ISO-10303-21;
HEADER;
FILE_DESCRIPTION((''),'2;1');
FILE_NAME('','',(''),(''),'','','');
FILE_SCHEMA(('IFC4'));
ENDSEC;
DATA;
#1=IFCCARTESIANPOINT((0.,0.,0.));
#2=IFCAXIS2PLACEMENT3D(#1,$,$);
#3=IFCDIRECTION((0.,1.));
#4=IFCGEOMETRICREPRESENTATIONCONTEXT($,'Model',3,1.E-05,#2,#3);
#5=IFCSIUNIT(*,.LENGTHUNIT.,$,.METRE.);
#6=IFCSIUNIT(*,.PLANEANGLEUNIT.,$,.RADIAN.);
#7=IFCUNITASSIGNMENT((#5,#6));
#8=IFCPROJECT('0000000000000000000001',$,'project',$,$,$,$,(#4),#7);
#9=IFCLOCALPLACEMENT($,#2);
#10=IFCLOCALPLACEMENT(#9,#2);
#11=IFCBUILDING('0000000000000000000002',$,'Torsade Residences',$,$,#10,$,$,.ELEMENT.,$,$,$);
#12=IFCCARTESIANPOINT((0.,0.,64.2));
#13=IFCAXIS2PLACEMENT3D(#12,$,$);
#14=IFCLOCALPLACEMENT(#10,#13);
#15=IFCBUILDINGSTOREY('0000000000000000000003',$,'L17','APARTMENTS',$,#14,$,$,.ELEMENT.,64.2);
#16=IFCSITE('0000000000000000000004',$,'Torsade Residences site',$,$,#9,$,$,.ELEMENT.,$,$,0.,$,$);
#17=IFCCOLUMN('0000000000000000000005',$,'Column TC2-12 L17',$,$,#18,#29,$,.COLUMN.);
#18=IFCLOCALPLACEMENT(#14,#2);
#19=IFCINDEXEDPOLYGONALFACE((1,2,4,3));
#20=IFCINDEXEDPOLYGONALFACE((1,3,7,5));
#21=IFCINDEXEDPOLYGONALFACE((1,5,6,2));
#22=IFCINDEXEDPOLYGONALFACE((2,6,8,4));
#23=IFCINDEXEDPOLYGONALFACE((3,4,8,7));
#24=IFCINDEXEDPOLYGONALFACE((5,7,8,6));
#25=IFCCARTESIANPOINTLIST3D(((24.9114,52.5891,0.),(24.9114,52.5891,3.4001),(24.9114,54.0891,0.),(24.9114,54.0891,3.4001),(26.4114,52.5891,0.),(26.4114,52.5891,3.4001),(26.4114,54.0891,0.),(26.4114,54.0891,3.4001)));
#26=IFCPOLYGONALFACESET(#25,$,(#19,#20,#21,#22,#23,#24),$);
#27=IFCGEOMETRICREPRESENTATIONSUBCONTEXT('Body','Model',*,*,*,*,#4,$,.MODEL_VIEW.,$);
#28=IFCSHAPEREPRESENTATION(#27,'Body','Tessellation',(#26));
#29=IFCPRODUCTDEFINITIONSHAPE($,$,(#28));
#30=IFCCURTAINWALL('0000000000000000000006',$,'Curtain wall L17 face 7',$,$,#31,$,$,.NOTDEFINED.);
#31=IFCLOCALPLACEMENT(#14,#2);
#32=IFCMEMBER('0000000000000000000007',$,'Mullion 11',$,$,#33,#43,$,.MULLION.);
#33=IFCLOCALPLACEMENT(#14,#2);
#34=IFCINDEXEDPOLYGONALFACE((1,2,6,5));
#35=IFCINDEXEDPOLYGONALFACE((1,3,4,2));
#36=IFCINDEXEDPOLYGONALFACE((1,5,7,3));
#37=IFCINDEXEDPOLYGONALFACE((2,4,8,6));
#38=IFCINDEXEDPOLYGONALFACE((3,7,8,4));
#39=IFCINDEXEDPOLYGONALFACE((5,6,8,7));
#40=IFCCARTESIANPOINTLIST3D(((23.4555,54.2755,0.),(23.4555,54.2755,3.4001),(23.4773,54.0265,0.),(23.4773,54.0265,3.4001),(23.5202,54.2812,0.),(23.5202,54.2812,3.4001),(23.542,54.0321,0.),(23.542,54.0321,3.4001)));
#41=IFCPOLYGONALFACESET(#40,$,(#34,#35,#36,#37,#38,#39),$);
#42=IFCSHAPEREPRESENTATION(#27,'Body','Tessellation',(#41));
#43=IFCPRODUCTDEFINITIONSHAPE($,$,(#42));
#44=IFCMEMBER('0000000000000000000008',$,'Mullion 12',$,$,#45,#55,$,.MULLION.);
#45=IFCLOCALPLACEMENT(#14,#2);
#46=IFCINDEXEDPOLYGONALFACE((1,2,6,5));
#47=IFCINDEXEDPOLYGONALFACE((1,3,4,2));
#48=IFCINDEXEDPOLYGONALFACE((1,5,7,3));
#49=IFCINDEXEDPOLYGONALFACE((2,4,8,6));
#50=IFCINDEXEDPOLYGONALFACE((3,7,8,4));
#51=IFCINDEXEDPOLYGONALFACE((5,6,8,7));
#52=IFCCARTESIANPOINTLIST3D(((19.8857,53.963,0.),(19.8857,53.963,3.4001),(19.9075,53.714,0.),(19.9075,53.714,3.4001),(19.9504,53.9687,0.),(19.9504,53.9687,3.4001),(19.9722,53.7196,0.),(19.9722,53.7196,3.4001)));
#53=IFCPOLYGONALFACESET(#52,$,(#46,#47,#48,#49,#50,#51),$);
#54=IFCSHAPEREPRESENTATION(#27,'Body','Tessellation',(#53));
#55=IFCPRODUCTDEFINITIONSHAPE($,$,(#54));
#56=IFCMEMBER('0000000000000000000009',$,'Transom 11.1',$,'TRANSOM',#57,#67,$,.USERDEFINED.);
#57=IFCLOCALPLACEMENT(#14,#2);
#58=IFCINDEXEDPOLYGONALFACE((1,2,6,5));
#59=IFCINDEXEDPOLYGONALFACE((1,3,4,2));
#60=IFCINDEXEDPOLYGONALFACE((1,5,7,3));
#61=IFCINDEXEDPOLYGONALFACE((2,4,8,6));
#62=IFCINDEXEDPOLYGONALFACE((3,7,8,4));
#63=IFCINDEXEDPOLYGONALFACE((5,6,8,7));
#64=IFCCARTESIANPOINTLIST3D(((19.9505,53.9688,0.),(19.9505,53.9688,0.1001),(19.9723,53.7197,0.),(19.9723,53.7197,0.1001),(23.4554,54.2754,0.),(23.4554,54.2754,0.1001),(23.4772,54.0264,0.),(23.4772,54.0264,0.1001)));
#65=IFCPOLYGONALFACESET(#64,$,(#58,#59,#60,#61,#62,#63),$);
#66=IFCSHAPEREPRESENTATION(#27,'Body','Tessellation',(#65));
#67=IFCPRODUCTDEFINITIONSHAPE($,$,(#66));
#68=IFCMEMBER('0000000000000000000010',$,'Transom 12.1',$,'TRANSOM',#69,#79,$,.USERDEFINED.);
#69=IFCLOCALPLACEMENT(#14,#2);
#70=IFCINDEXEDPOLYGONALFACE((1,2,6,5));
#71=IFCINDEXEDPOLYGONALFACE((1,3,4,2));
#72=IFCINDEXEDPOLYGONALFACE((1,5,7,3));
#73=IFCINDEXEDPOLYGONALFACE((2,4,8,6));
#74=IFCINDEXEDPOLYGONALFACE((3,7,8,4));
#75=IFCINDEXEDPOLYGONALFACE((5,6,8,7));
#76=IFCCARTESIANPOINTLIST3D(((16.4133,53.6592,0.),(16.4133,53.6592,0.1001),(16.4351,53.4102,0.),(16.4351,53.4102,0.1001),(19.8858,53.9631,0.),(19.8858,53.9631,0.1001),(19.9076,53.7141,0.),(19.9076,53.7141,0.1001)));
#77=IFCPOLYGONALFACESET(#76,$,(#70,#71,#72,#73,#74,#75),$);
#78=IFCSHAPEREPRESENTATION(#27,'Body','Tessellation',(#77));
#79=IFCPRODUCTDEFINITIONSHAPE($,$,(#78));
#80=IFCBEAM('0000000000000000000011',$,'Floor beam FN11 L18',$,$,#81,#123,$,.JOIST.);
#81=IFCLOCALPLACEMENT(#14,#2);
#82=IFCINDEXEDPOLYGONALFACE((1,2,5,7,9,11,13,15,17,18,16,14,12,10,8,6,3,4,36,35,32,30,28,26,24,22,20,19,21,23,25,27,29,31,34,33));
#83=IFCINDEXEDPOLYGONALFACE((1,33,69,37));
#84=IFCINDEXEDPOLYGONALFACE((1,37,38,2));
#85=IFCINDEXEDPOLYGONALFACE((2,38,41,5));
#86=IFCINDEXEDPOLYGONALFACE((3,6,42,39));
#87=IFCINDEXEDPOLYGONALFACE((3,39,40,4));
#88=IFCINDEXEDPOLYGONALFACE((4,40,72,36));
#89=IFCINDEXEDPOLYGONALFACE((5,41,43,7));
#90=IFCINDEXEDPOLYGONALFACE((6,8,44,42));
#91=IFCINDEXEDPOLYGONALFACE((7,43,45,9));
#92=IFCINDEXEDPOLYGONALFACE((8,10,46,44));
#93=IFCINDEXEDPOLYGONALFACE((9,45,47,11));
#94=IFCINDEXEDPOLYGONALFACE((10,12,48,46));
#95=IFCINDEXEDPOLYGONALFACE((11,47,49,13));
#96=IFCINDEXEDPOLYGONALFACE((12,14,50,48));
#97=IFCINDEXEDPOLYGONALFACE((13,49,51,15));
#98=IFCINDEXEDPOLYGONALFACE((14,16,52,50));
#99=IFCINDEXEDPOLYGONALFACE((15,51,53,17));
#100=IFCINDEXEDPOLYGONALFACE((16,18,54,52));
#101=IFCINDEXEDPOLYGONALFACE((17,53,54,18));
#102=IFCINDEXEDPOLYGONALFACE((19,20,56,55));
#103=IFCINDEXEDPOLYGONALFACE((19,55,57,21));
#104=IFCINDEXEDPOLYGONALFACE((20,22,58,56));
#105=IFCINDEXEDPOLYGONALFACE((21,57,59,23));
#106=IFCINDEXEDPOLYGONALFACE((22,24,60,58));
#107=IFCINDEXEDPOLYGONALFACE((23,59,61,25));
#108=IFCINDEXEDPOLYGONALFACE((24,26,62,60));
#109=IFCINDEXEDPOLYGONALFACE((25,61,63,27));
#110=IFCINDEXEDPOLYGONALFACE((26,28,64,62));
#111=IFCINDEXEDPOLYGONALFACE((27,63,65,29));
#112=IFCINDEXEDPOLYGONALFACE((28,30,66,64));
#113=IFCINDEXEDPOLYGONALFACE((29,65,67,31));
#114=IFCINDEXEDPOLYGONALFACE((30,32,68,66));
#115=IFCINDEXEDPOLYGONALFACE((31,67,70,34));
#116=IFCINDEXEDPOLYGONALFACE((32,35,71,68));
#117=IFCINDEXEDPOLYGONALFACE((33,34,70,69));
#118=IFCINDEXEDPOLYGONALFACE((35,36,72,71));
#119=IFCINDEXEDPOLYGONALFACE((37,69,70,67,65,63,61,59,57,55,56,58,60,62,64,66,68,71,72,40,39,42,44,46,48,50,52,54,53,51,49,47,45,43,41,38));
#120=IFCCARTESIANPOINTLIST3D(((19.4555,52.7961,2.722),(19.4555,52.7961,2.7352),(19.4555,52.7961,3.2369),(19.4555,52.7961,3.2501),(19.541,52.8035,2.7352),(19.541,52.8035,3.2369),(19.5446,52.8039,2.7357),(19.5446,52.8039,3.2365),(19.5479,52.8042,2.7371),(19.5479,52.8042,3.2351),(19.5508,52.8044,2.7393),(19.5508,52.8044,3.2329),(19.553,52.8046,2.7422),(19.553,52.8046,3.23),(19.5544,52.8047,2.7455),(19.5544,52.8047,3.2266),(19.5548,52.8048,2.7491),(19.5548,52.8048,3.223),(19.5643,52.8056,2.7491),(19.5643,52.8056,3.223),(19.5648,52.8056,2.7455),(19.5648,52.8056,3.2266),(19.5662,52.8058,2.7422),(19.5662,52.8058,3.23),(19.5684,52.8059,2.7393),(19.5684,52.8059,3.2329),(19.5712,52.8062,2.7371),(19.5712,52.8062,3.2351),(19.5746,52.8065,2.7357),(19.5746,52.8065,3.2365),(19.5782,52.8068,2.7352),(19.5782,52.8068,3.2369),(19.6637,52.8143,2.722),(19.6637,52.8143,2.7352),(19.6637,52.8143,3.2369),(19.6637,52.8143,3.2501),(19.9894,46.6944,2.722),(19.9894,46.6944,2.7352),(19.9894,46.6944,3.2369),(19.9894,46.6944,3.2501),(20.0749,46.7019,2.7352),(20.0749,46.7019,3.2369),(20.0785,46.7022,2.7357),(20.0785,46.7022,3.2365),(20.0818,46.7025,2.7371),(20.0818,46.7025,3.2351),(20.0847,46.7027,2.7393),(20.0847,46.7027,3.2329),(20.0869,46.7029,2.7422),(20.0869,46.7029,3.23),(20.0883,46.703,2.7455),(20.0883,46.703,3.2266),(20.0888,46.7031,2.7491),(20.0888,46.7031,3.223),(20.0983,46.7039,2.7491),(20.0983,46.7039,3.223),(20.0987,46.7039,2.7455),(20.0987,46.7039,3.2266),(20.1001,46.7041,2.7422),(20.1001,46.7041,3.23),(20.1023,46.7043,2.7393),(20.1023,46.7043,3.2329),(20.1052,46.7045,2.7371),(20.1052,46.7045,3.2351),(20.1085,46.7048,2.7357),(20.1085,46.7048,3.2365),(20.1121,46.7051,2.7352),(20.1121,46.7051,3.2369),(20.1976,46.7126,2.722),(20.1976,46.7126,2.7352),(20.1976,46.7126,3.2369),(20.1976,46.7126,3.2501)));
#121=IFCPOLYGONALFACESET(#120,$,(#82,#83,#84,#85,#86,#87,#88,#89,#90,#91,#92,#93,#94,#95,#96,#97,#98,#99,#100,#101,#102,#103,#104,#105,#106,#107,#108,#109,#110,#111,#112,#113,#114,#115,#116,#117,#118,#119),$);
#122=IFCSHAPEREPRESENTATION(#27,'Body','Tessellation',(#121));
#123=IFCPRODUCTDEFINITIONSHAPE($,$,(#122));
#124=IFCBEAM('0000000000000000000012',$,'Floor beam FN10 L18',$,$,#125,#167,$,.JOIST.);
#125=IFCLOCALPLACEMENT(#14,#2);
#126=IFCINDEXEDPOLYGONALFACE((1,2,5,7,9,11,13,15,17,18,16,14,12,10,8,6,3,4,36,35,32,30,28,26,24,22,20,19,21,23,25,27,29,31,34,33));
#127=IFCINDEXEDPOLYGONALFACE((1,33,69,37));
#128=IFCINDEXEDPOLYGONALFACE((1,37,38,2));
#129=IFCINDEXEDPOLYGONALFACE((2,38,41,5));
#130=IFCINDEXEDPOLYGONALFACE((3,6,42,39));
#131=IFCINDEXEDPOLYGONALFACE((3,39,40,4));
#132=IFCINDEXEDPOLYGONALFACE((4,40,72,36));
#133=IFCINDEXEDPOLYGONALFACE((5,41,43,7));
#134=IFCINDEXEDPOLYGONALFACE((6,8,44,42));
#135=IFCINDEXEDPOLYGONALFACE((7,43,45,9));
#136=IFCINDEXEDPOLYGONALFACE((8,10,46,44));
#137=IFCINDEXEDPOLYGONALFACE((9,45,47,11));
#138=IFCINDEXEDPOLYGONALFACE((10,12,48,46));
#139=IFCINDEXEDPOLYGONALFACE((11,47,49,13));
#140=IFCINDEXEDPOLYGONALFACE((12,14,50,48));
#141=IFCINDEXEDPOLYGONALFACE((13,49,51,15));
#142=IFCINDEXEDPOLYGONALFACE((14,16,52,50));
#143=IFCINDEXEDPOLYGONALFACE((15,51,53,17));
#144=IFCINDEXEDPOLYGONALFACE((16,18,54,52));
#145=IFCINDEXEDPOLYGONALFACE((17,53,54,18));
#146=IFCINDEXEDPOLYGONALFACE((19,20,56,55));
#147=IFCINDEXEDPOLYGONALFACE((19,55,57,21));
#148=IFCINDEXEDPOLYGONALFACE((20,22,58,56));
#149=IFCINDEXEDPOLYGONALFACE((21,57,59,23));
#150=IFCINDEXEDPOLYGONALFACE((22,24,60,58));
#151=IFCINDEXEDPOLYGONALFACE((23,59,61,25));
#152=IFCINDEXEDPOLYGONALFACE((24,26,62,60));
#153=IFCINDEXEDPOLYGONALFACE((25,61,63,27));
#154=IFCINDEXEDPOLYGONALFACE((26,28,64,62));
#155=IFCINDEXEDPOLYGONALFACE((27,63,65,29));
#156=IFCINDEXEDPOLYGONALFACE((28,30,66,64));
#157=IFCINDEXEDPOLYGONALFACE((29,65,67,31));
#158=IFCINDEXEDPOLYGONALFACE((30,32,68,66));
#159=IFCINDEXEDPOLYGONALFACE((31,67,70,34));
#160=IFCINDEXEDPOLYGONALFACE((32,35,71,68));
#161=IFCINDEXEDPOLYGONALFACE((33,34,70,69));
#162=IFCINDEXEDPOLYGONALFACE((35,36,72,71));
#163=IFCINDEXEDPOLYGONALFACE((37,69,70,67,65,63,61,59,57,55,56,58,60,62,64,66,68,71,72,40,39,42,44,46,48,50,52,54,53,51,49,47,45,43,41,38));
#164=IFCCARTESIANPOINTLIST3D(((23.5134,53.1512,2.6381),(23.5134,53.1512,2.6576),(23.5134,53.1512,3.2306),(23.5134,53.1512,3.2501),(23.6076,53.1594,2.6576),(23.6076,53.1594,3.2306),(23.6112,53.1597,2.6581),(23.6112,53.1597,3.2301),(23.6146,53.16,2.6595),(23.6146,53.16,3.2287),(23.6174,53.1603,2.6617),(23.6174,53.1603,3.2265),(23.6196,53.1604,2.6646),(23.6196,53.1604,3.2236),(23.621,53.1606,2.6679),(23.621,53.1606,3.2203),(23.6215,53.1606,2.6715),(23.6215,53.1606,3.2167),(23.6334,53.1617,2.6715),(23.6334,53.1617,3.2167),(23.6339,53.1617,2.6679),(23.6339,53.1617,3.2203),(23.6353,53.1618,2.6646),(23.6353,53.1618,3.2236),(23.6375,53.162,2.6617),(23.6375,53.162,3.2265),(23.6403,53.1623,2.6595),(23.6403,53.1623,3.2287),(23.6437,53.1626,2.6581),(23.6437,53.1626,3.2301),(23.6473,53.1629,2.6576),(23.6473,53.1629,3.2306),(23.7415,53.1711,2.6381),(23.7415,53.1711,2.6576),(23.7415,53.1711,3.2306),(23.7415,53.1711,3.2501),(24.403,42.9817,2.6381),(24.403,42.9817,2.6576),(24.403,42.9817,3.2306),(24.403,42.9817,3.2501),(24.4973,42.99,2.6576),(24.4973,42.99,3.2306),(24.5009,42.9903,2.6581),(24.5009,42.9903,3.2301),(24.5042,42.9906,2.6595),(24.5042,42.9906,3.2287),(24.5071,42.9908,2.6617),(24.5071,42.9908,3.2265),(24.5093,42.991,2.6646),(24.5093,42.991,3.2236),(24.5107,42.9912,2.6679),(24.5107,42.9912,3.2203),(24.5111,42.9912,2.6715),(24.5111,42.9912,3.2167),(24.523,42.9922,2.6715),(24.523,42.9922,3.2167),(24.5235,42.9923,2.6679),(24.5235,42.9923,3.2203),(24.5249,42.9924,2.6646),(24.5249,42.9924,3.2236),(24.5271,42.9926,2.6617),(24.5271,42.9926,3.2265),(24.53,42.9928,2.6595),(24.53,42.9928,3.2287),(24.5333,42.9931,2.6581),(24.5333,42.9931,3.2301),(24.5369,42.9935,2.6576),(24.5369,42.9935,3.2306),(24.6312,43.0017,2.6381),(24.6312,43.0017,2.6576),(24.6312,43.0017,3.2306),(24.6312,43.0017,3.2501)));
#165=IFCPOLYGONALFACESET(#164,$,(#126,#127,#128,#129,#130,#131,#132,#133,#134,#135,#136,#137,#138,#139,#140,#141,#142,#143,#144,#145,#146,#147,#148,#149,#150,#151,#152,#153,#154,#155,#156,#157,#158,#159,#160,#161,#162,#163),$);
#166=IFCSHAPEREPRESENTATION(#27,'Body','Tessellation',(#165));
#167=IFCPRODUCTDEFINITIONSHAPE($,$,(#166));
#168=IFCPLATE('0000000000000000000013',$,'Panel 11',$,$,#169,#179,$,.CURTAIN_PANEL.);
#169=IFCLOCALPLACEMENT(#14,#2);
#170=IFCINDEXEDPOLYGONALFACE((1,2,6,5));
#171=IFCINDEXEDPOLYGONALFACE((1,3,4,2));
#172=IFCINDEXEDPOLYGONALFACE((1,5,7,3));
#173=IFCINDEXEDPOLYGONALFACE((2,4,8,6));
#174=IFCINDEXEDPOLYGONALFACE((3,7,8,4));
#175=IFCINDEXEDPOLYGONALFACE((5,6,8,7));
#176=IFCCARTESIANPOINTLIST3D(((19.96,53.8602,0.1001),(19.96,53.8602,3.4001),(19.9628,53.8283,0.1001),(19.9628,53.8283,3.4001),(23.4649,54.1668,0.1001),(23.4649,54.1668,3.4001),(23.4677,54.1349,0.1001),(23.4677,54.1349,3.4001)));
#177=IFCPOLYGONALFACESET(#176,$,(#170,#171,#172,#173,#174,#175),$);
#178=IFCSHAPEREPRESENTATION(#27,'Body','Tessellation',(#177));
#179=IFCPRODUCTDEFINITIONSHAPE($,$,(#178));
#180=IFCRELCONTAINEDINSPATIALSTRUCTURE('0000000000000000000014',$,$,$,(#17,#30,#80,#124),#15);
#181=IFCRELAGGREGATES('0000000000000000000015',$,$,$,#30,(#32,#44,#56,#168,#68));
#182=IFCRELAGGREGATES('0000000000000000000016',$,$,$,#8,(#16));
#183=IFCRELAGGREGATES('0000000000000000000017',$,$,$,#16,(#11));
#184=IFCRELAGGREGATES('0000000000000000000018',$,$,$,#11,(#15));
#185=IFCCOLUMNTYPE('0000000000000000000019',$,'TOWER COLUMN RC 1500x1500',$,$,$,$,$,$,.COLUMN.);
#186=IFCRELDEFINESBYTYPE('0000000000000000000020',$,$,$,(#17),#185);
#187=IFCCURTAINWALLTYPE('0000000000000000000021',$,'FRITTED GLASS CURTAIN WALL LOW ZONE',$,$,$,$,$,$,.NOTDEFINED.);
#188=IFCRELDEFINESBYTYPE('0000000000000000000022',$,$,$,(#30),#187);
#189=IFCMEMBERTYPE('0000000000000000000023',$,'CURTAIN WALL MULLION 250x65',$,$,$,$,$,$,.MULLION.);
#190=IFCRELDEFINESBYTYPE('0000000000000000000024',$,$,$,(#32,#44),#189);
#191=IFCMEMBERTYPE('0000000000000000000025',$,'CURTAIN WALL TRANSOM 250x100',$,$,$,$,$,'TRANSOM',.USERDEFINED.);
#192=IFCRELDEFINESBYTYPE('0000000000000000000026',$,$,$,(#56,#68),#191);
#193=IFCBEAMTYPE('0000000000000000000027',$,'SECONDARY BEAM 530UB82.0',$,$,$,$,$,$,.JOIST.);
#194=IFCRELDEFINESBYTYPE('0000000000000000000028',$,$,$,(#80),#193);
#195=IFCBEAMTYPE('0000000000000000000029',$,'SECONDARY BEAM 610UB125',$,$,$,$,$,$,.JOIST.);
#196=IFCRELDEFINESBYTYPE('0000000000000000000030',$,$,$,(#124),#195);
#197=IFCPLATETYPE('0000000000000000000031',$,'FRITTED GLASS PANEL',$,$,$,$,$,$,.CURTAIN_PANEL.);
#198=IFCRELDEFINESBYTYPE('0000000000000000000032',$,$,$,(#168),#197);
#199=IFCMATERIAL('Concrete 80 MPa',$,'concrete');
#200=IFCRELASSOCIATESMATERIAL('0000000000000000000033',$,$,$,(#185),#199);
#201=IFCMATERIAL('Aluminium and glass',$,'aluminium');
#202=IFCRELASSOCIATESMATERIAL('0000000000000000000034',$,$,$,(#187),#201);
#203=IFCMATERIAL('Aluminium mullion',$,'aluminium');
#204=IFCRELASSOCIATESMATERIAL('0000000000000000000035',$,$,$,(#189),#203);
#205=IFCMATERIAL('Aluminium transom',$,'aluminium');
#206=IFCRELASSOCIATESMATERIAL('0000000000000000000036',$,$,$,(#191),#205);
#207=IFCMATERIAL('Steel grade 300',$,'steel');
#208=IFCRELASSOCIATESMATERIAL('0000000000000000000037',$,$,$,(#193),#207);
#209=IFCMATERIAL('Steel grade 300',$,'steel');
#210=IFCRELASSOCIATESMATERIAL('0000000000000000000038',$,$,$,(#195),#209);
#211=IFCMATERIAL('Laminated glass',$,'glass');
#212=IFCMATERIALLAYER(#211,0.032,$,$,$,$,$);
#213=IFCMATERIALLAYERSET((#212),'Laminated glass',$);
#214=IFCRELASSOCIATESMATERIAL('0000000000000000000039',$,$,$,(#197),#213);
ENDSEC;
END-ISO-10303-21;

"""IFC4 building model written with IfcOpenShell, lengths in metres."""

from ifc_helpers import new_model, si_unit, direction, frame, origin, origin_2d, place, context, subcontext, project, spatial, rectangle, i_section, extrude, material, layer, layer_set, material_profile, profile_set, type_object, element, aggregate, save


model = new_model("IFC4")

# Units and contexts
model_context = context("Model", 3, precision=1e-05, world=origin(), true_north=direction((0.0, 1.0)))
body_context = subcontext(model_context, "Body", "Model", "MODEL_VIEW")
ifc_project = project(units=[si_unit("LENGTHUNIT", "METRE"), si_unit("PLANEANGLEUNIT", "RADIAN")], contexts=[model_context])

# Site, building, storey
site_placement = place(None, origin())
site = spatial("IfcSite", under=ifc_project, at=site_placement, Name="Torsade Residences site", CompositionType="ELEMENT", RefElevation=0.0)
building_placement = place(site_placement, origin())
building = spatial("IfcBuilding", under=site, at=building_placement, Name="Torsade Residences", CompositionType="ELEMENT")
storey_placement = place(building_placement, frame((0.0, 0.0, 64.2)))
storey = spatial("IfcBuildingStorey", under=building, at=storey_placement, Name="L17", Description="APARTMENTS", CompositionType="ELEMENT", Elevation=64.2)

# Column
ifc_material_1 = material(Name="Concrete 80 MPa", Category="concrete")
ifc_material_profile_1 = material_profile(ifc_material_1, rectangle(XDim=1.5, YDim=1.5, at=origin_2d()), Name="RC 1500x1500")
ifc_profile_set_1 = profile_set([ifc_material_profile_1], Name="Concrete 80 MPa")
column_type = type_object("IfcColumnType", Name="TOWER COLUMN RC 1500x1500", PredefinedType="COLUMN", material=ifc_profile_set_1)
column_placement = place(storey_placement, frame((25.6614, 53.3391, 0.0), z_axis=(0.0, 0.0, 1.0), x_axis=(1.0, 0.0, 0.0)))
element("IfcColumn", 1, at=column_placement, inside=storey, type_object=column_type, Name="Column TC2-12 L17", PredefinedType="COLUMN", context=body_context, shape_type="SweptSolid", body=[
    extrude(rectangle(XDim=1.5, YDim=1.5, at=origin_2d()), origin(), (0.0, 0.0, 1.0), 3.4001),
])

# Curtain wall, members
ifc_material_2 = material(Name="Aluminium and glass", Category="aluminium")
curtain_wall_type = type_object("IfcCurtainWallType", Name="FRITTED GLASS CURTAIN WALL LOW ZONE", PredefinedType="NOTDEFINED", material=ifc_material_2)
curtain_wall_placement = place(storey_placement, origin())
curtain_wall = element("IfcCurtainWall", 2, at=curtain_wall_placement, inside=storey, type_object=curtain_wall_type, Name="Curtain wall L17 face 7", PredefinedType="NOTDEFINED")
ifc_material_3 = material(Name="Aluminium mullion", Category="aluminium")
ifc_material_profile_2 = material_profile(ifc_material_3, rectangle(XDim=0.25, YDim=0.0649, at=origin_2d()), Name="CURTAIN WALL MULLION 250x65")
ifc_profile_set_2 = profile_set([ifc_material_profile_2], Name="Aluminium mullion")
member_type_1 = type_object("IfcMemberType", Name="CURTAIN WALL MULLION 250x65", PredefinedType="MULLION", material=ifc_profile_set_2)
member_1_placement = place(storey_placement, frame((23.4988, 54.1538, 0.0), z_axis=(0.0, 0.0, 1.0), x_axis=(0.087156, -0.996195, 0.0)))
member_1 = element("IfcMember", 3, at=member_1_placement, type_object=member_type_1, Name="Mullion 11", PredefinedType="MULLION", context=body_context, shape_type="SweptSolid", body=[
    extrude(rectangle(XDim=0.25, YDim=0.0649, at=origin_2d()), origin(), (0.0, 0.0, 1.0), 3.4001),
])
member_2_placement = place(storey_placement, frame((19.929, 53.8413, 0.0), z_axis=(0.0, 0.0, 1.0), x_axis=(0.087156, -0.996195, 0.0)))
member_2 = element("IfcMember", 4, at=member_2_placement, type_object=member_type_1, Name="Mullion 12", PredefinedType="MULLION", context=body_context, shape_type="SweptSolid", body=[
    extrude(rectangle(XDim=0.25, YDim=0.0649, at=origin_2d()), origin(), (0.0, 0.0, 1.0), 3.4001),
])
ifc_material_4 = material(Name="Aluminium transom", Category="aluminium")
ifc_material_profile_3 = material_profile(ifc_material_4, rectangle(XDim=0.25, YDim=0.1001, at=origin_2d()), Name="CURTAIN WALL TRANSOM 250x100")
ifc_profile_set_3 = profile_set([ifc_material_profile_3], Name="Aluminium transom")
member_type_2 = type_object("IfcMemberType", Name="CURTAIN WALL TRANSOM 250x100", ElementType="TRANSOM", PredefinedType="USERDEFINED", material=ifc_profile_set_3)
member_3_placement = place(storey_placement, frame((23.4663, 54.1509, 0.05), z_axis=(-0.996195, -0.087157, 0.0), x_axis=(0.087157, -0.996195, 0.0)))
member_3 = element("IfcMember", 5, at=member_3_placement, type_object=member_type_2, Name="Transom 11.1", ObjectType="TRANSOM", PredefinedType="USERDEFINED", context=body_context, shape_type="SweptSolid", body=[
    extrude(rectangle(XDim=0.25, YDim=0.1001, at=origin_2d()), origin(), (0.0, 0.0, 1.0), 3.5183),
])
member_4_placement = place(storey_placement, frame((19.8967, 53.8386, 0.05), z_axis=(-0.996191, -0.087195, 0.0), x_axis=(0.087195, -0.996191, 0.0)))
member_4 = element("IfcMember", 6, at=member_4_placement, type_object=member_type_2, Name="Transom 12.1", ObjectType="TRANSOM", PredefinedType="USERDEFINED", context=body_context, shape_type="SweptSolid", body=[
    extrude(rectangle(XDim=0.25, YDim=0.1001, at=origin_2d()), origin(), (0.0, 0.0, 1.0), 3.4858),
])

# Beams
ifc_material_5 = material(Name="Steel grade 300", Category="steel")
ifc_material_profile_4 = material_profile(ifc_material_5, i_section(OverallWidth=0.209, OverallDepth=0.5281, WebThickness=0.0095, FlangeThickness=0.0132, FilletRadius=0.0139, at=origin_2d()), Name="530UB82.0")
ifc_profile_set_4 = profile_set([ifc_material_profile_4], Name="Steel grade 300")
beam_type_1 = type_object("IfcBeamType", Name="SECONDARY BEAM 530UB82.0", PredefinedType="JOIST", material=ifc_profile_set_4)
beam_1_placement = place(storey_placement, frame((19.5596, 52.8052, 2.9861), z_axis=(0.087175, -0.996193, 0.0), x_axis=(0.996193, 0.087175, 0.0)))
element("IfcBeam", 7, at=beam_1_placement, inside=storey, type_object=beam_type_1, Name="Floor beam FN11 L18", PredefinedType="JOIST", context=body_context, shape_type="SweptSolid", body=[
    extrude(i_section(OverallWidth=0.209, OverallDepth=0.5281, WebThickness=0.0095, FlangeThickness=0.0132, FilletRadius=0.0139, at=origin_2d()), origin(), (0.0, 0.0, 1.0), 6.125),
])
ifc_material_6 = material(Name="Steel grade 300", Category="steel")
ifc_material_profile_5 = material_profile(ifc_material_6, i_section(OverallWidth=0.229, OverallDepth=0.6121, WebThickness=0.012, FlangeThickness=0.0195, FilletRadius=0.0139, at=origin_2d()), Name="610UB125")
ifc_profile_set_5 = profile_set([ifc_material_profile_5], Name="Steel grade 300")
beam_type_2 = type_object("IfcBeamType", Name="SECONDARY BEAM 610UB125", PredefinedType="JOIST", material=ifc_profile_set_5)
beam_2_placement = place(storey_placement, frame((23.6274, 53.1611, 2.9441), z_axis=(0.08715, -0.996195, 0.0), x_axis=(0.996195, 0.08715, 0.0)))
element("IfcBeam", 8, at=beam_2_placement, inside=storey, type_object=beam_type_2, Name="Floor beam FN10 L18", PredefinedType="JOIST", context=body_context, shape_type="SweptSolid", body=[
    extrude(i_section(OverallWidth=0.229, OverallDepth=0.6121, WebThickness=0.012, FlangeThickness=0.0195, FilletRadius=0.0139, at=origin_2d()), origin(), (0.0, 0.0, 1.0), 10.2083),
])

# Plate
ifc_material_7 = material(Name="Laminated glass", Category="glass")
ifc_layer_1 = layer(ifc_material_7, 0.032)
ifc_layer_set_1 = layer_set([ifc_layer_1], Name="Laminated glass")
plate_type_1 = type_object("IfcPlateType", Name="FRITTED GLASS PANEL", PredefinedType="CURTAIN_PANEL", material=ifc_layer_set_1)
plate_1_placement = place(storey_placement, frame((21.7139, 53.9976, 0.1001), z_axis=(0.0, 0.0, 1.0), x_axis=(-0.996195, -0.087156, 0.0)))
plate_1 = element("IfcPlate", 9, at=plate_1_placement, type_object=plate_type_1, Name="Panel 11", PredefinedType="CURTAIN_PANEL", context=body_context, shape_type="SweptSolid", body=[
    extrude(rectangle(XDim=3.5183, YDim=0.032, at=origin_2d()), origin(), (0.0, 0.0, 1.0), 3.3),
])
aggregate(curtain_wall, [member_1, member_2, member_3, plate_1, member_4])

save(model, "model.ifc")
